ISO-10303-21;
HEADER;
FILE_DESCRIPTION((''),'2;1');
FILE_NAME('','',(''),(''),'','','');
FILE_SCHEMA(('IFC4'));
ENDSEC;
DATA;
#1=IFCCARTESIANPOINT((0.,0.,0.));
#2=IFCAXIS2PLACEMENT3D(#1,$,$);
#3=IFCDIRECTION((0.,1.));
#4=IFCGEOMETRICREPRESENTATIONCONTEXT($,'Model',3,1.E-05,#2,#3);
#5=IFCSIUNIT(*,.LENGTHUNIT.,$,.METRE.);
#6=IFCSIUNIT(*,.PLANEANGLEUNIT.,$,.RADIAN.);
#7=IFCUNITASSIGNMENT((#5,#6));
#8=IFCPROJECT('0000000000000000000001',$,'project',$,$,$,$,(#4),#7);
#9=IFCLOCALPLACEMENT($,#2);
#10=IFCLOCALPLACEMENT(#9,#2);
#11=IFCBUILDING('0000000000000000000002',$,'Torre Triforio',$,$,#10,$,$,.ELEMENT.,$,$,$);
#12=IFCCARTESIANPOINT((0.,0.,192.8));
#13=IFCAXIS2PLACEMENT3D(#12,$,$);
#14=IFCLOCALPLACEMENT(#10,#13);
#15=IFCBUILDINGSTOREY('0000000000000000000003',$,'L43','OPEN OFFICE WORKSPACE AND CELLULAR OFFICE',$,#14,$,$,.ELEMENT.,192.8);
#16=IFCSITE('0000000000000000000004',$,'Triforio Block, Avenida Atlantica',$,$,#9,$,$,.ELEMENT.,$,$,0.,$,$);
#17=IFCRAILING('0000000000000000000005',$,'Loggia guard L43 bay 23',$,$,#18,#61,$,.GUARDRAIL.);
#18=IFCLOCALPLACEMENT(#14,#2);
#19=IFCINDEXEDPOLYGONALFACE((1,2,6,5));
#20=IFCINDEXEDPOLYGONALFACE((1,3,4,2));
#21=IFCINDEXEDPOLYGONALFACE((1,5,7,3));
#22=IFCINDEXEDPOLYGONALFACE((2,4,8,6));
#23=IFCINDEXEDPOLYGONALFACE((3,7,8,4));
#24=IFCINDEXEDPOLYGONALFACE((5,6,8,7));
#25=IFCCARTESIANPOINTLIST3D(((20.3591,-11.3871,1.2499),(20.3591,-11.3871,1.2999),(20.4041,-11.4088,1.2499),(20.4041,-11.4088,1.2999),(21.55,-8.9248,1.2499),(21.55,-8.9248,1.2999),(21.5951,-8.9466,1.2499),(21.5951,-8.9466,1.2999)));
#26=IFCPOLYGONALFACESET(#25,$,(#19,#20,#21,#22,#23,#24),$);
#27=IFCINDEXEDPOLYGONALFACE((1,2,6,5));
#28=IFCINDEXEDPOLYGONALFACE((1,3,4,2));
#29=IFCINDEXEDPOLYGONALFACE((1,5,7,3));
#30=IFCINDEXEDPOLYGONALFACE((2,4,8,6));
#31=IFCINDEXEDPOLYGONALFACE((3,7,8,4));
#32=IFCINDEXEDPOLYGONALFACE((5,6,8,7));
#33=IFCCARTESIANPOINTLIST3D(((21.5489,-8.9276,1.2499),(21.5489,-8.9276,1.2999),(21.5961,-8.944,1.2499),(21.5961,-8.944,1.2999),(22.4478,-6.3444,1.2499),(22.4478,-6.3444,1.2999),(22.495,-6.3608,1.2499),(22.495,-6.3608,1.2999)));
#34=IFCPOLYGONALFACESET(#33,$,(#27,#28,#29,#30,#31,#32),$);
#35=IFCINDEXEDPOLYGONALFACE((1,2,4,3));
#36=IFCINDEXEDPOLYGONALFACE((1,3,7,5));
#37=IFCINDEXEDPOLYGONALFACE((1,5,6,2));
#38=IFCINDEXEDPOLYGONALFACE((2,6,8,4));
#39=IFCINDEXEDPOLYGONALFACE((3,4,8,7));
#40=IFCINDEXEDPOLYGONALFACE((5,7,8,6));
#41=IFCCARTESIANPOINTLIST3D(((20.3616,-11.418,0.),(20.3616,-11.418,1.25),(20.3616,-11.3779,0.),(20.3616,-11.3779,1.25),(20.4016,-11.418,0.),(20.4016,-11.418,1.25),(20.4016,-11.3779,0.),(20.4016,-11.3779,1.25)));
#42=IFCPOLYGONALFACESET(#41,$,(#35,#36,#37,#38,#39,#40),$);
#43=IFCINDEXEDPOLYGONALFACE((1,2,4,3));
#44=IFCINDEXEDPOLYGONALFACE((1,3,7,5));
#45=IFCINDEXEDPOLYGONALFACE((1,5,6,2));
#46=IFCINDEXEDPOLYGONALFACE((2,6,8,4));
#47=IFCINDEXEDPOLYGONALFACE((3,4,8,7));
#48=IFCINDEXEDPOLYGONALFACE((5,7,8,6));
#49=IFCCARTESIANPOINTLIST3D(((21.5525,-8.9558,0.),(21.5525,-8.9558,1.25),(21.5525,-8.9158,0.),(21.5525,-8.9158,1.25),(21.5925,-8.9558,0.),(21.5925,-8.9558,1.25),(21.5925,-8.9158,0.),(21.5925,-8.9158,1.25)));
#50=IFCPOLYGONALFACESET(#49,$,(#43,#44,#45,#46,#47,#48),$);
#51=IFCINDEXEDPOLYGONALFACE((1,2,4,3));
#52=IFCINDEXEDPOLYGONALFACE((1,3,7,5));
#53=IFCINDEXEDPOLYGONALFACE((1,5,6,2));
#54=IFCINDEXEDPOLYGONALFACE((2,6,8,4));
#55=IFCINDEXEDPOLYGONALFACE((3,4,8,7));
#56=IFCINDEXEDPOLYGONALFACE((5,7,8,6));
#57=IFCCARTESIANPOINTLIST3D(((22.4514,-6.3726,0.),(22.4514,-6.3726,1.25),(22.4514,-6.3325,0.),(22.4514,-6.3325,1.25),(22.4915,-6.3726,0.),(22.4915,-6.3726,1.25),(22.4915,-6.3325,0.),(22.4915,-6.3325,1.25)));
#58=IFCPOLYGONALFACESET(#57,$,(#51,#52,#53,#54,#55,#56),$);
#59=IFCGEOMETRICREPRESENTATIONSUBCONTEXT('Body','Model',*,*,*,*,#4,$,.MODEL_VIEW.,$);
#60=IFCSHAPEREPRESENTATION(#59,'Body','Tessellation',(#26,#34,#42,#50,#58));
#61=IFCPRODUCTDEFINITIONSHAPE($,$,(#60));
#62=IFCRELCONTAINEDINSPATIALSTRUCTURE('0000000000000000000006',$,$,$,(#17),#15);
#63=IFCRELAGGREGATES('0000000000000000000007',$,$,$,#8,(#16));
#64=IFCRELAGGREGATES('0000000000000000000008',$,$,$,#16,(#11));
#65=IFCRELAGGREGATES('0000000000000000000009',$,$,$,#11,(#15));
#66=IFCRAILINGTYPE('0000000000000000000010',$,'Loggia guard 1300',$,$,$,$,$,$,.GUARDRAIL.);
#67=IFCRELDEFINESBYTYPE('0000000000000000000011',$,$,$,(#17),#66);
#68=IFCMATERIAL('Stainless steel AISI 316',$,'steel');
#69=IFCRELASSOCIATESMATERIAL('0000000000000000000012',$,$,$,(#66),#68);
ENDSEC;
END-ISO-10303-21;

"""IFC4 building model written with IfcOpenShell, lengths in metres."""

from ifc_helpers import new_model, si_unit, direction, frame, origin, origin_2d, place, context, subcontext, project, spatial, rectangle, extrude, material, type_object, element, save


model = new_model("IFC4")

# Units and contexts
model_context = context("Model", 3, precision=1e-05, world=origin(), true_north=direction((0.0, 1.0)))
body_context = subcontext(model_context, "Body", "Model", "MODEL_VIEW")
ifc_project = project(units=[si_unit("LENGTHUNIT", "METRE"), si_unit("PLANEANGLEUNIT", "RADIAN")], contexts=[model_context])

# Site, building, storey
site_placement = place(None, origin())
site = spatial("IfcSite", under=ifc_project, at=site_placement, Name="Triforio Block, Avenida Atlantica", CompositionType="ELEMENT", RefElevation=0.0)
building_placement = place(site_placement, origin())
building = spatial("IfcBuilding", under=site, at=building_placement, Name="Torre Triforio", CompositionType="ELEMENT")
storey_placement = place(building_placement, frame((0.0, 0.0, 192.8)))
storey = spatial("IfcBuildingStorey", under=building, at=storey_placement, Name="L43", Description="OPEN OFFICE WORKSPACE AND CELLULAR OFFICE", CompositionType="ELEMENT", Elevation=192.8)

# Railing
ifc_material_1 = material(Name="Stainless steel AISI 316", Category="steel")
railing_type = type_object("IfcRailingType", Name="Loggia guard 1300", PredefinedType="GUARDRAIL", material=ifc_material_1)
railing_1_placement = place(storey_placement, frame((20.3816, -11.3979, 0.0)))
element("IfcRailing", 1, at=railing_1_placement, inside=storey, type_object=railing_type, Name="Loggia guard L43 bay 23", PredefinedType="GUARDRAIL", context=body_context, shape_type="SweptSolid", body=[
    extrude(rectangle(XDim=0.05, YDim=0.05, at=origin_2d()), frame((0.0, 0.0, 1.2749), z_axis=(0.435428, 0.900224, 0.0), x_axis=(-0.900224, 0.435428, 0.0)), (0.0, 0.0, 1.0), 2.7351),
    extrude(rectangle(XDim=0.05, YDim=0.05, at=origin_2d()), frame((1.1909, 2.4622, 1.2749), z_axis=(0.328652, 0.944451, 0.0), x_axis=(-0.944451, 0.328652, 0.0)), (0.0, 0.0, 1.0), 2.7351),
    extrude(rectangle(XDim=0.04, YDim=0.04, at=origin_2d()), origin(), (0.0, 0.0, 1.0), 1.25),
    extrude(rectangle(XDim=0.04, YDim=0.04, at=origin_2d()), frame((1.1909, 2.4622, 0.0)), (0.0, 0.0, 1.0), 1.25),
    extrude(rectangle(XDim=0.04, YDim=0.04, at=origin_2d()), frame((2.0898, 5.0454, 0.0)), (0.0, 0.0, 1.0), 1.25),
])

save(model, "model.ifc")
